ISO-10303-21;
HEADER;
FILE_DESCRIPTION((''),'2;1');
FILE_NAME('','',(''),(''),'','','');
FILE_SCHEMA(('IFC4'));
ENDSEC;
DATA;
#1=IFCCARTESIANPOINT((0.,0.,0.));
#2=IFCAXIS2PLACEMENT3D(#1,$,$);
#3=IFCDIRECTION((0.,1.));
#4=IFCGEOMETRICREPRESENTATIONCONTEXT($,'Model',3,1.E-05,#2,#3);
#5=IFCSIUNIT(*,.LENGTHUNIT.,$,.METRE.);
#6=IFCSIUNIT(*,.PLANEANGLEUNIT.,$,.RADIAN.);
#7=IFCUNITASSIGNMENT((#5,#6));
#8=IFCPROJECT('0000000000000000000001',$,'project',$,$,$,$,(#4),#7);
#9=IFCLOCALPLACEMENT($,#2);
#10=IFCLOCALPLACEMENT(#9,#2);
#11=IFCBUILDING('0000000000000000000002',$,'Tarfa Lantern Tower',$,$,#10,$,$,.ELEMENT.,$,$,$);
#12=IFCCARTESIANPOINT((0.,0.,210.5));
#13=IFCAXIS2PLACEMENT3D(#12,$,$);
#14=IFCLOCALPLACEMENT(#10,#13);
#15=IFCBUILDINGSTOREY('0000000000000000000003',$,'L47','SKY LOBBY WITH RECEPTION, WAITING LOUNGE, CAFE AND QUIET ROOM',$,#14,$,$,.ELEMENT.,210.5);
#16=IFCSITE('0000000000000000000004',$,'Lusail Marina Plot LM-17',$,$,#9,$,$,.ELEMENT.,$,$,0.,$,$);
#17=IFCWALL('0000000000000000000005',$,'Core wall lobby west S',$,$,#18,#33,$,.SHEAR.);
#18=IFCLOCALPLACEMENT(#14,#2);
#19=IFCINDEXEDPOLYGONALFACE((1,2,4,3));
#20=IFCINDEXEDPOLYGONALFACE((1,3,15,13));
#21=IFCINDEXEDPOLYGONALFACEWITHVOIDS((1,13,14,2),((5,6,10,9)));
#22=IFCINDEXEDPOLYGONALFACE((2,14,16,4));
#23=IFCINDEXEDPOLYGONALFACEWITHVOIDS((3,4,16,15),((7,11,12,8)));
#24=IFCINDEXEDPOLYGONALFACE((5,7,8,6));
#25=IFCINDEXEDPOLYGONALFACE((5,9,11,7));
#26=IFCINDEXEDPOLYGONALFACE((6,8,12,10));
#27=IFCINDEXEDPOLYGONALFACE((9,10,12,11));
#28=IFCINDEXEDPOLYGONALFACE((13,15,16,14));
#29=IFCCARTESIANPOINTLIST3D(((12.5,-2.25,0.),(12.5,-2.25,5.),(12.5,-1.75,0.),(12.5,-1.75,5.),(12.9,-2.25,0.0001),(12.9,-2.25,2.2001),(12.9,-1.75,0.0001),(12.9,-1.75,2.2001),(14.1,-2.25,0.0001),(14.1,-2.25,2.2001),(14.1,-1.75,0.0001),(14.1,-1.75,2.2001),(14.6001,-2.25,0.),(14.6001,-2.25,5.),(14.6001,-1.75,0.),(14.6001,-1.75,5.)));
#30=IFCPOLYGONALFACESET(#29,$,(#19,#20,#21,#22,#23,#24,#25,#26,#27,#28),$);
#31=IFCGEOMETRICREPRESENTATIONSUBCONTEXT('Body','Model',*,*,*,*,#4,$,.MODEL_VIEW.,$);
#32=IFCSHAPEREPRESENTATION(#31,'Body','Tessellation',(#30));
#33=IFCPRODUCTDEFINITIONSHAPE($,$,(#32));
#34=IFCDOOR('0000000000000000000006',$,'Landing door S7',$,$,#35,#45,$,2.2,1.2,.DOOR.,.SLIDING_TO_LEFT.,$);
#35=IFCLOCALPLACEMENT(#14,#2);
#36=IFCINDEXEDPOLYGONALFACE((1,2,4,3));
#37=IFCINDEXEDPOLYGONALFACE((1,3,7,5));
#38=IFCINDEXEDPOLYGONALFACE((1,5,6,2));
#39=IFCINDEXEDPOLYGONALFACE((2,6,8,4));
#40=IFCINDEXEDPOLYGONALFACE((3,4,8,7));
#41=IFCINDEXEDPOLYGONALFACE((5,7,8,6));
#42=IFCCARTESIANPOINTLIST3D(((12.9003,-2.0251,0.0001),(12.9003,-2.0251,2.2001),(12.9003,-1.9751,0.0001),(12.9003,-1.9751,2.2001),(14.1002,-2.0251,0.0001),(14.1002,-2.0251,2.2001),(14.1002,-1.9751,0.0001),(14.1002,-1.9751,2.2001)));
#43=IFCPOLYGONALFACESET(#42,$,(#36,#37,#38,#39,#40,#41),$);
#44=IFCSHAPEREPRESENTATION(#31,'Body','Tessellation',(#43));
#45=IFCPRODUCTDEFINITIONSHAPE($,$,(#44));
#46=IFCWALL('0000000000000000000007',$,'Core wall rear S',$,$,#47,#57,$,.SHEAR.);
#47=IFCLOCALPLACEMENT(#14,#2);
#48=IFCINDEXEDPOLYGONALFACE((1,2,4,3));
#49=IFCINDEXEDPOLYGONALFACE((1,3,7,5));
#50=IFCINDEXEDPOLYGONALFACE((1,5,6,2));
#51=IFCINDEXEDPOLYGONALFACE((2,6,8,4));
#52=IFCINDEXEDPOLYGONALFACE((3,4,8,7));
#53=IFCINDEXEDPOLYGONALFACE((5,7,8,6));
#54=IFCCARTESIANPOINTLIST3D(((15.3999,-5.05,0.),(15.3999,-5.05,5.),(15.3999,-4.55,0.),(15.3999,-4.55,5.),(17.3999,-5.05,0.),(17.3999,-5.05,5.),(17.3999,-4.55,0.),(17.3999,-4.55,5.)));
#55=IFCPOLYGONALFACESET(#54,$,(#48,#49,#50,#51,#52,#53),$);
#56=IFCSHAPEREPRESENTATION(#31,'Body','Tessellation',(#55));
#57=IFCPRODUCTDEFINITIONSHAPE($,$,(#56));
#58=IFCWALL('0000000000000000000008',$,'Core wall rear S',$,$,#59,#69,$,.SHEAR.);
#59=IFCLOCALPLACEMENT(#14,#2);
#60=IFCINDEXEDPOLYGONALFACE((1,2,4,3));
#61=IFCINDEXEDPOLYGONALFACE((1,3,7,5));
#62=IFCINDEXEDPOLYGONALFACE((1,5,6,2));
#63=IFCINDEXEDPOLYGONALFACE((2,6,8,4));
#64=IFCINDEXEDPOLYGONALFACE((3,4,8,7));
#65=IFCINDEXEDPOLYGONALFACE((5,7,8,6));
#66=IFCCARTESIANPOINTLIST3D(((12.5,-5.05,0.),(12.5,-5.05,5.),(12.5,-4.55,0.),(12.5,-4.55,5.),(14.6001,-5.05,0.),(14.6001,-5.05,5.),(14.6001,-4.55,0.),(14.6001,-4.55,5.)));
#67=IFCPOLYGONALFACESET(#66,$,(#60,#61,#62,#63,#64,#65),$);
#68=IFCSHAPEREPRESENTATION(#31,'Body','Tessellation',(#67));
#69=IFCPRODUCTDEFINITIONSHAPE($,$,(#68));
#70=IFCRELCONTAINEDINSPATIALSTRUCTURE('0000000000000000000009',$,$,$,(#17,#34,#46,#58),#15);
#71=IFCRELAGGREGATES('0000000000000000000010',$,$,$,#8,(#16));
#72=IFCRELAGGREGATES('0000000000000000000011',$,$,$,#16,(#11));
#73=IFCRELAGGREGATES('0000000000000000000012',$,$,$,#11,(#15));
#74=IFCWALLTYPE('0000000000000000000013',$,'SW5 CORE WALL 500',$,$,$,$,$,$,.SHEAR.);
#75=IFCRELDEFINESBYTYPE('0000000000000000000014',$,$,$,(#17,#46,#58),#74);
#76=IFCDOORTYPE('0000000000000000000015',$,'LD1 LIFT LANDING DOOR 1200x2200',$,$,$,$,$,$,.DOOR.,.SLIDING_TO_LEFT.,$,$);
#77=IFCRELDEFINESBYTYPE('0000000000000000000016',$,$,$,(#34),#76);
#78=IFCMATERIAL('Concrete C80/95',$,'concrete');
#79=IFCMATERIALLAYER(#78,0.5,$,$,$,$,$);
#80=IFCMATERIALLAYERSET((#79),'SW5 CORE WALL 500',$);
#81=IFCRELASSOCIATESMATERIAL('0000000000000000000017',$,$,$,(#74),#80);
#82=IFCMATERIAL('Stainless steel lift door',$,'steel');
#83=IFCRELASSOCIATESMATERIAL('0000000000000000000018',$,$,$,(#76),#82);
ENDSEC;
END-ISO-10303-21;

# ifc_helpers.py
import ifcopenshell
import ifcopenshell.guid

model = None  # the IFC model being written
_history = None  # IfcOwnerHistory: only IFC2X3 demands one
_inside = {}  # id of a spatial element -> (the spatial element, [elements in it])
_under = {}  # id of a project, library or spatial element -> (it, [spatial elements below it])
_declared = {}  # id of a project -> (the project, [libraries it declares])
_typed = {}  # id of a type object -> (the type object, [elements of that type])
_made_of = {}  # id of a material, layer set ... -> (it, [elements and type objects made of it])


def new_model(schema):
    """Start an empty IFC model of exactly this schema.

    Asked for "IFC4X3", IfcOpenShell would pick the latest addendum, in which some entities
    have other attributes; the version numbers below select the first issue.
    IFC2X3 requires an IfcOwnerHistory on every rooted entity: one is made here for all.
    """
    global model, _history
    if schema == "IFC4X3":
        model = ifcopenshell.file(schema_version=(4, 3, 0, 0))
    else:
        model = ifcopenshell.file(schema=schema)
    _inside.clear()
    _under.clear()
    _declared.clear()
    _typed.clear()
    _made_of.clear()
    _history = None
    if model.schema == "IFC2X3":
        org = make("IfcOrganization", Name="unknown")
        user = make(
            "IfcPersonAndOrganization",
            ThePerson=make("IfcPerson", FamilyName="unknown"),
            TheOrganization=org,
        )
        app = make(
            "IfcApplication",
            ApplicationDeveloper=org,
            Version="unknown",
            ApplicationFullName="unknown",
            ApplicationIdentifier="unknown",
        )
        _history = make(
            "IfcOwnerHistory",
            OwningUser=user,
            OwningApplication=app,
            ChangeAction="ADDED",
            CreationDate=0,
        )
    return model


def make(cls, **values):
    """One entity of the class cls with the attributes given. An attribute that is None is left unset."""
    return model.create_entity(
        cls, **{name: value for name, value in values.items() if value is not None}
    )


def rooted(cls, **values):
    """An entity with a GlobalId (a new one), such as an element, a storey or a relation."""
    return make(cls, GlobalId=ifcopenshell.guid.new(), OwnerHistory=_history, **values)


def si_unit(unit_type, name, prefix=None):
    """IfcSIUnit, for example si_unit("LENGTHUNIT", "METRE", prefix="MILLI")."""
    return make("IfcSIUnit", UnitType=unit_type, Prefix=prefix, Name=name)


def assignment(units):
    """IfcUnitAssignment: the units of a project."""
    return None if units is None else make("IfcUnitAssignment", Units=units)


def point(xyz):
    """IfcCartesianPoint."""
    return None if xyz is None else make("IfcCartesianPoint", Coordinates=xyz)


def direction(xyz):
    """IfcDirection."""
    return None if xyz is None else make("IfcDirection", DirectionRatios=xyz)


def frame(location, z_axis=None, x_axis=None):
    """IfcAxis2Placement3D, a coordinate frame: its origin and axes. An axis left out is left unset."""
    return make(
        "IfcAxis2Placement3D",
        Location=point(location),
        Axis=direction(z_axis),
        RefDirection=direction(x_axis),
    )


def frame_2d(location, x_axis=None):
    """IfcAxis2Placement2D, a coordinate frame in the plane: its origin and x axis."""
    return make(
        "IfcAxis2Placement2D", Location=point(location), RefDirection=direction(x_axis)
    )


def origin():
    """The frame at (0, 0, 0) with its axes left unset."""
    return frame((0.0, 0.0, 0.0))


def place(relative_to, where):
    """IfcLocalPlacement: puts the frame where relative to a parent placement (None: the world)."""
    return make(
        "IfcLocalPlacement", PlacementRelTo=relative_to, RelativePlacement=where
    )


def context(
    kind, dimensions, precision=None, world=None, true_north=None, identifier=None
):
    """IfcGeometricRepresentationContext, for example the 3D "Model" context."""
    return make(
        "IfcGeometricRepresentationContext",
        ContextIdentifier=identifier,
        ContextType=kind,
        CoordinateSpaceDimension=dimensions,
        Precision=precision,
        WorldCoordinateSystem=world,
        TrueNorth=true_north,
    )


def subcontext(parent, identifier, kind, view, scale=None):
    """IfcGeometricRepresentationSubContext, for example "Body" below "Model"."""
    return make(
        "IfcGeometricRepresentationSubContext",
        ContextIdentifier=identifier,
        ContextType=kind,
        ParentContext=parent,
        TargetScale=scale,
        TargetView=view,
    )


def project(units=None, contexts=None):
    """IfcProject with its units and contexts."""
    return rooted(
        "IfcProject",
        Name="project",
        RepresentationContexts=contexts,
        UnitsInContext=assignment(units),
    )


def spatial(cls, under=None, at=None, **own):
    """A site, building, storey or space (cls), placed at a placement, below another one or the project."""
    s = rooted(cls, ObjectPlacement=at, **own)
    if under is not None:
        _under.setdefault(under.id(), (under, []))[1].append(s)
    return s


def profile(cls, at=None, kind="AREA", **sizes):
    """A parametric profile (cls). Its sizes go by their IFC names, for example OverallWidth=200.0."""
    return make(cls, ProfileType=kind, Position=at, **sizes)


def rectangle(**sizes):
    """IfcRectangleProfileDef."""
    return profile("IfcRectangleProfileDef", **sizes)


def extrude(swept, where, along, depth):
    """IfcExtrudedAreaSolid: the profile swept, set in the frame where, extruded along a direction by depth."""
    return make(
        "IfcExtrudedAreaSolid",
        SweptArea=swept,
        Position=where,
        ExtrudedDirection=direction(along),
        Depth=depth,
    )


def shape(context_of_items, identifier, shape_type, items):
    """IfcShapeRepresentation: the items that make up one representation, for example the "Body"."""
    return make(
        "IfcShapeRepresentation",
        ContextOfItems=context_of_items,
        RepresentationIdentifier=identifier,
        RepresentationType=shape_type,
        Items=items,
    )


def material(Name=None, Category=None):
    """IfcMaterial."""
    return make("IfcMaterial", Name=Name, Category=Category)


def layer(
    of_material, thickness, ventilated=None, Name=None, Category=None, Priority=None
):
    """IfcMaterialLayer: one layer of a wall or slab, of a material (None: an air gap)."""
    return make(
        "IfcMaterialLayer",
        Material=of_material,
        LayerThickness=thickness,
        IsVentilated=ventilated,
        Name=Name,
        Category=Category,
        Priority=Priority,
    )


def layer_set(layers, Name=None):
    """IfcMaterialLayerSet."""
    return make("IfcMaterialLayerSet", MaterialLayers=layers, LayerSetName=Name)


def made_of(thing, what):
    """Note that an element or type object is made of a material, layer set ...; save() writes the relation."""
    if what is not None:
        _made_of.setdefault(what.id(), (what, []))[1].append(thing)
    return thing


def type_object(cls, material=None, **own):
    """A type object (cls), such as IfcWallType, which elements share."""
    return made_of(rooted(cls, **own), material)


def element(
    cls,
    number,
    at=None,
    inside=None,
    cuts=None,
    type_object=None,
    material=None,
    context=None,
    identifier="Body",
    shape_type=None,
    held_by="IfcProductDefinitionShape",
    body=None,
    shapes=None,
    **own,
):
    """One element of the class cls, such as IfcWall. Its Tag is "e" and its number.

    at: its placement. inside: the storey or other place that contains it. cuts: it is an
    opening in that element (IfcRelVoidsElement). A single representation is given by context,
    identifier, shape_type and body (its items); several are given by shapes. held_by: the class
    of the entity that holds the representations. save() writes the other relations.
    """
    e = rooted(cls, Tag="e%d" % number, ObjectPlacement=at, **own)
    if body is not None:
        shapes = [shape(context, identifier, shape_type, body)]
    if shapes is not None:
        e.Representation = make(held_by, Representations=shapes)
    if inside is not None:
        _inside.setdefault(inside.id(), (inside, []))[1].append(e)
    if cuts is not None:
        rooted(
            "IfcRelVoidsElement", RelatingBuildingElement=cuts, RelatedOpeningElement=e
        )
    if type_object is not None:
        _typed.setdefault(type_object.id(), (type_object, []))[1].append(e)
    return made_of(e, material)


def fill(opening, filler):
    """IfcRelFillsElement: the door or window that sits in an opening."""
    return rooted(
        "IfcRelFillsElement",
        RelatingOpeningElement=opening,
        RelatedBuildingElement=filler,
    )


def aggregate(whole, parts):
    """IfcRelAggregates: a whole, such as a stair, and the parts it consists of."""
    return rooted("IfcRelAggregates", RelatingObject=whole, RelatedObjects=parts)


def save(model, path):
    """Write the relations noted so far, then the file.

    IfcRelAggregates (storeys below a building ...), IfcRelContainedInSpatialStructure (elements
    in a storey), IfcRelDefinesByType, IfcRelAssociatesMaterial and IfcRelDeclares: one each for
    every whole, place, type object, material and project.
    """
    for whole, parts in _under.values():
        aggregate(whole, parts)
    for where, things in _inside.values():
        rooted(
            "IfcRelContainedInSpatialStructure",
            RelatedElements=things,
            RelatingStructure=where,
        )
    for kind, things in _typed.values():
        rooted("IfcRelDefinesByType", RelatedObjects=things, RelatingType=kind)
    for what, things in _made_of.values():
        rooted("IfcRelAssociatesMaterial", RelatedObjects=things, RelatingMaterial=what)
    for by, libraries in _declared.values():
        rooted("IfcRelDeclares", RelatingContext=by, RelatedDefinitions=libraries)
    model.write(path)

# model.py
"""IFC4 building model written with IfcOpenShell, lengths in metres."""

from ifc_helpers import new_model, si_unit, direction, frame, frame_2d, origin, place, context, subcontext, project, spatial, rectangle, extrude, material, layer, layer_set, type_object, element, fill, save


model = new_model("IFC4")

# Units and contexts
model_context = context("Model", 3, precision=1e-05, world=origin(), true_north=direction((0.0, 1.0)))
body_context = subcontext(model_context, "Body", "Model", "MODEL_VIEW")
ifc_project = project(units=[si_unit("LENGTHUNIT", "METRE"), si_unit("PLANEANGLEUNIT", "RADIAN")], contexts=[model_context])

# Site, building, storey
site_placement = place(None, origin())
site = spatial("IfcSite", under=ifc_project, at=site_placement, Name="Lusail Marina Plot LM-17", CompositionType="ELEMENT", RefElevation=0.0)
building_placement = place(site_placement, origin())
building = spatial("IfcBuilding", under=site, at=building_placement, Name="Tarfa Lantern Tower", CompositionType="ELEMENT")
storey_placement = place(building_placement, frame((0.0, 0.0, 210.5)))
storey = spatial("IfcBuildingStorey", under=building, at=storey_placement, Name="L47", Description="SKY LOBBY WITH RECEPTION, WAITING LOUNGE, CAFE AND QUIET ROOM", CompositionType="ELEMENT", Elevation=210.5)

# Wall, opening, door
ifc_material_1 = material(Name="Concrete C80/95", Category="concrete")
ifc_layer_1 = layer(ifc_material_1, 0.5)
ifc_layer_set_1 = layer_set([ifc_layer_1], Name="SW5 CORE WALL 500")
wall_type_1 = type_object("IfcWallType", Name="SW5 CORE WALL 500", PredefinedType="SHEAR", material=ifc_layer_set_1)
wall_1_placement = place(storey_placement, frame((14.6001, -2.0, 0.0), z_axis=(0.0, 0.0, 1.0), x_axis=(-1.0, 0.0, 0.0)))
wall_1 = element("IfcWall", 1, at=wall_1_placement, inside=storey, type_object=wall_type_1, Name="Core wall lobby west S", PredefinedType="SHEAR", context=body_context, shape_type="SweptSolid", body=[
    extrude(rectangle(XDim=2.1001, YDim=0.5, at=frame_2d((1.05, 0.0))), origin(), (0.0, 0.0, 1.0), 5.0),
])
opening_1_placement = place(wall_1_placement, frame((0.5, 0.0, 0.0)))
opening_1 = element("IfcOpeningElement", 2, at=opening_1_placement, cuts=wall_1, PredefinedType="OPENING", context=body_context, shape_type="SweptSolid", body=[
    extrude(rectangle(XDim=1.2, YDim=2.2, at=frame_2d((0.6001, 1.1001))), frame((0.0, 0.26, 0.0), z_axis=(0.0, -1.0, 0.0), x_axis=(1.0, 0.0, 0.0)), (0.0, 0.0, 1.0), 0.52),
])
ifc_material_2 = material(Name="Stainless steel lift door", Category="steel")
door_type_1 = type_object("IfcDoorType", Name="LD1 LIFT LANDING DOOR 1200x2200", OperationType="SLIDING_TO_LEFT", PredefinedType="DOOR", material=ifc_material_2)
door_1_placement = place(opening_1_placement, frame((1.2, 0.0, 0.0), z_axis=(0.0, 0.0, 1.0), x_axis=(-1.0, 0.0, 0.0)))
door_1 = element("IfcDoor", 3, at=door_1_placement, inside=storey, type_object=door_type_1, Name="Landing door S7", OperationType="SLIDING_TO_LEFT", OverallHeight=2.2, OverallWidth=1.2, PredefinedType="DOOR", context=body_context, shape_type="SweptSolid", body=[
    extrude(rectangle(XDim=1.2, YDim=2.2, at=frame_2d((0.6001, 1.1001))), frame((0.0, 0.0249, 0.0), z_axis=(0.0, -1.0, 0.0), x_axis=(1.0, 0.0, 0.0)), (0.0, 0.0, 1.0), 0.05),
])
fill(opening_1, door_1)

# Walls
wall_2_placement = place(storey_placement, frame((17.3999, -4.8, 0.0), z_axis=(0.0, 0.0, 1.0), x_axis=(-1.0, 0.0, 0.0)))
element("IfcWall", 4, at=wall_2_placement, inside=storey, type_object=wall_type_1, Name="Core wall rear S", PredefinedType="SHEAR", context=body_context, shape_type="SweptSolid", body=[
    extrude(rectangle(XDim=2.0, YDim=0.5, at=frame_2d((1.0, 0.0))), origin(), (0.0, 0.0, 1.0), 5.0),
])
wall_3_placement = place(storey_placement, frame((14.6001, -4.8, 0.0), z_axis=(0.0, 0.0, 1.0), x_axis=(-1.0, 0.0, 0.0)))
element("IfcWall", 5, at=wall_3_placement, inside=storey, type_object=wall_type_1, Name="Core wall rear S", PredefinedType="SHEAR", context=body_context, shape_type="SweptSolid", body=[
    extrude(rectangle(XDim=2.1001, YDim=0.5, at=frame_2d((1.05, 0.0))), origin(), (0.0, 0.0, 1.0), 5.0),
])

save(model, "model.ifc")
